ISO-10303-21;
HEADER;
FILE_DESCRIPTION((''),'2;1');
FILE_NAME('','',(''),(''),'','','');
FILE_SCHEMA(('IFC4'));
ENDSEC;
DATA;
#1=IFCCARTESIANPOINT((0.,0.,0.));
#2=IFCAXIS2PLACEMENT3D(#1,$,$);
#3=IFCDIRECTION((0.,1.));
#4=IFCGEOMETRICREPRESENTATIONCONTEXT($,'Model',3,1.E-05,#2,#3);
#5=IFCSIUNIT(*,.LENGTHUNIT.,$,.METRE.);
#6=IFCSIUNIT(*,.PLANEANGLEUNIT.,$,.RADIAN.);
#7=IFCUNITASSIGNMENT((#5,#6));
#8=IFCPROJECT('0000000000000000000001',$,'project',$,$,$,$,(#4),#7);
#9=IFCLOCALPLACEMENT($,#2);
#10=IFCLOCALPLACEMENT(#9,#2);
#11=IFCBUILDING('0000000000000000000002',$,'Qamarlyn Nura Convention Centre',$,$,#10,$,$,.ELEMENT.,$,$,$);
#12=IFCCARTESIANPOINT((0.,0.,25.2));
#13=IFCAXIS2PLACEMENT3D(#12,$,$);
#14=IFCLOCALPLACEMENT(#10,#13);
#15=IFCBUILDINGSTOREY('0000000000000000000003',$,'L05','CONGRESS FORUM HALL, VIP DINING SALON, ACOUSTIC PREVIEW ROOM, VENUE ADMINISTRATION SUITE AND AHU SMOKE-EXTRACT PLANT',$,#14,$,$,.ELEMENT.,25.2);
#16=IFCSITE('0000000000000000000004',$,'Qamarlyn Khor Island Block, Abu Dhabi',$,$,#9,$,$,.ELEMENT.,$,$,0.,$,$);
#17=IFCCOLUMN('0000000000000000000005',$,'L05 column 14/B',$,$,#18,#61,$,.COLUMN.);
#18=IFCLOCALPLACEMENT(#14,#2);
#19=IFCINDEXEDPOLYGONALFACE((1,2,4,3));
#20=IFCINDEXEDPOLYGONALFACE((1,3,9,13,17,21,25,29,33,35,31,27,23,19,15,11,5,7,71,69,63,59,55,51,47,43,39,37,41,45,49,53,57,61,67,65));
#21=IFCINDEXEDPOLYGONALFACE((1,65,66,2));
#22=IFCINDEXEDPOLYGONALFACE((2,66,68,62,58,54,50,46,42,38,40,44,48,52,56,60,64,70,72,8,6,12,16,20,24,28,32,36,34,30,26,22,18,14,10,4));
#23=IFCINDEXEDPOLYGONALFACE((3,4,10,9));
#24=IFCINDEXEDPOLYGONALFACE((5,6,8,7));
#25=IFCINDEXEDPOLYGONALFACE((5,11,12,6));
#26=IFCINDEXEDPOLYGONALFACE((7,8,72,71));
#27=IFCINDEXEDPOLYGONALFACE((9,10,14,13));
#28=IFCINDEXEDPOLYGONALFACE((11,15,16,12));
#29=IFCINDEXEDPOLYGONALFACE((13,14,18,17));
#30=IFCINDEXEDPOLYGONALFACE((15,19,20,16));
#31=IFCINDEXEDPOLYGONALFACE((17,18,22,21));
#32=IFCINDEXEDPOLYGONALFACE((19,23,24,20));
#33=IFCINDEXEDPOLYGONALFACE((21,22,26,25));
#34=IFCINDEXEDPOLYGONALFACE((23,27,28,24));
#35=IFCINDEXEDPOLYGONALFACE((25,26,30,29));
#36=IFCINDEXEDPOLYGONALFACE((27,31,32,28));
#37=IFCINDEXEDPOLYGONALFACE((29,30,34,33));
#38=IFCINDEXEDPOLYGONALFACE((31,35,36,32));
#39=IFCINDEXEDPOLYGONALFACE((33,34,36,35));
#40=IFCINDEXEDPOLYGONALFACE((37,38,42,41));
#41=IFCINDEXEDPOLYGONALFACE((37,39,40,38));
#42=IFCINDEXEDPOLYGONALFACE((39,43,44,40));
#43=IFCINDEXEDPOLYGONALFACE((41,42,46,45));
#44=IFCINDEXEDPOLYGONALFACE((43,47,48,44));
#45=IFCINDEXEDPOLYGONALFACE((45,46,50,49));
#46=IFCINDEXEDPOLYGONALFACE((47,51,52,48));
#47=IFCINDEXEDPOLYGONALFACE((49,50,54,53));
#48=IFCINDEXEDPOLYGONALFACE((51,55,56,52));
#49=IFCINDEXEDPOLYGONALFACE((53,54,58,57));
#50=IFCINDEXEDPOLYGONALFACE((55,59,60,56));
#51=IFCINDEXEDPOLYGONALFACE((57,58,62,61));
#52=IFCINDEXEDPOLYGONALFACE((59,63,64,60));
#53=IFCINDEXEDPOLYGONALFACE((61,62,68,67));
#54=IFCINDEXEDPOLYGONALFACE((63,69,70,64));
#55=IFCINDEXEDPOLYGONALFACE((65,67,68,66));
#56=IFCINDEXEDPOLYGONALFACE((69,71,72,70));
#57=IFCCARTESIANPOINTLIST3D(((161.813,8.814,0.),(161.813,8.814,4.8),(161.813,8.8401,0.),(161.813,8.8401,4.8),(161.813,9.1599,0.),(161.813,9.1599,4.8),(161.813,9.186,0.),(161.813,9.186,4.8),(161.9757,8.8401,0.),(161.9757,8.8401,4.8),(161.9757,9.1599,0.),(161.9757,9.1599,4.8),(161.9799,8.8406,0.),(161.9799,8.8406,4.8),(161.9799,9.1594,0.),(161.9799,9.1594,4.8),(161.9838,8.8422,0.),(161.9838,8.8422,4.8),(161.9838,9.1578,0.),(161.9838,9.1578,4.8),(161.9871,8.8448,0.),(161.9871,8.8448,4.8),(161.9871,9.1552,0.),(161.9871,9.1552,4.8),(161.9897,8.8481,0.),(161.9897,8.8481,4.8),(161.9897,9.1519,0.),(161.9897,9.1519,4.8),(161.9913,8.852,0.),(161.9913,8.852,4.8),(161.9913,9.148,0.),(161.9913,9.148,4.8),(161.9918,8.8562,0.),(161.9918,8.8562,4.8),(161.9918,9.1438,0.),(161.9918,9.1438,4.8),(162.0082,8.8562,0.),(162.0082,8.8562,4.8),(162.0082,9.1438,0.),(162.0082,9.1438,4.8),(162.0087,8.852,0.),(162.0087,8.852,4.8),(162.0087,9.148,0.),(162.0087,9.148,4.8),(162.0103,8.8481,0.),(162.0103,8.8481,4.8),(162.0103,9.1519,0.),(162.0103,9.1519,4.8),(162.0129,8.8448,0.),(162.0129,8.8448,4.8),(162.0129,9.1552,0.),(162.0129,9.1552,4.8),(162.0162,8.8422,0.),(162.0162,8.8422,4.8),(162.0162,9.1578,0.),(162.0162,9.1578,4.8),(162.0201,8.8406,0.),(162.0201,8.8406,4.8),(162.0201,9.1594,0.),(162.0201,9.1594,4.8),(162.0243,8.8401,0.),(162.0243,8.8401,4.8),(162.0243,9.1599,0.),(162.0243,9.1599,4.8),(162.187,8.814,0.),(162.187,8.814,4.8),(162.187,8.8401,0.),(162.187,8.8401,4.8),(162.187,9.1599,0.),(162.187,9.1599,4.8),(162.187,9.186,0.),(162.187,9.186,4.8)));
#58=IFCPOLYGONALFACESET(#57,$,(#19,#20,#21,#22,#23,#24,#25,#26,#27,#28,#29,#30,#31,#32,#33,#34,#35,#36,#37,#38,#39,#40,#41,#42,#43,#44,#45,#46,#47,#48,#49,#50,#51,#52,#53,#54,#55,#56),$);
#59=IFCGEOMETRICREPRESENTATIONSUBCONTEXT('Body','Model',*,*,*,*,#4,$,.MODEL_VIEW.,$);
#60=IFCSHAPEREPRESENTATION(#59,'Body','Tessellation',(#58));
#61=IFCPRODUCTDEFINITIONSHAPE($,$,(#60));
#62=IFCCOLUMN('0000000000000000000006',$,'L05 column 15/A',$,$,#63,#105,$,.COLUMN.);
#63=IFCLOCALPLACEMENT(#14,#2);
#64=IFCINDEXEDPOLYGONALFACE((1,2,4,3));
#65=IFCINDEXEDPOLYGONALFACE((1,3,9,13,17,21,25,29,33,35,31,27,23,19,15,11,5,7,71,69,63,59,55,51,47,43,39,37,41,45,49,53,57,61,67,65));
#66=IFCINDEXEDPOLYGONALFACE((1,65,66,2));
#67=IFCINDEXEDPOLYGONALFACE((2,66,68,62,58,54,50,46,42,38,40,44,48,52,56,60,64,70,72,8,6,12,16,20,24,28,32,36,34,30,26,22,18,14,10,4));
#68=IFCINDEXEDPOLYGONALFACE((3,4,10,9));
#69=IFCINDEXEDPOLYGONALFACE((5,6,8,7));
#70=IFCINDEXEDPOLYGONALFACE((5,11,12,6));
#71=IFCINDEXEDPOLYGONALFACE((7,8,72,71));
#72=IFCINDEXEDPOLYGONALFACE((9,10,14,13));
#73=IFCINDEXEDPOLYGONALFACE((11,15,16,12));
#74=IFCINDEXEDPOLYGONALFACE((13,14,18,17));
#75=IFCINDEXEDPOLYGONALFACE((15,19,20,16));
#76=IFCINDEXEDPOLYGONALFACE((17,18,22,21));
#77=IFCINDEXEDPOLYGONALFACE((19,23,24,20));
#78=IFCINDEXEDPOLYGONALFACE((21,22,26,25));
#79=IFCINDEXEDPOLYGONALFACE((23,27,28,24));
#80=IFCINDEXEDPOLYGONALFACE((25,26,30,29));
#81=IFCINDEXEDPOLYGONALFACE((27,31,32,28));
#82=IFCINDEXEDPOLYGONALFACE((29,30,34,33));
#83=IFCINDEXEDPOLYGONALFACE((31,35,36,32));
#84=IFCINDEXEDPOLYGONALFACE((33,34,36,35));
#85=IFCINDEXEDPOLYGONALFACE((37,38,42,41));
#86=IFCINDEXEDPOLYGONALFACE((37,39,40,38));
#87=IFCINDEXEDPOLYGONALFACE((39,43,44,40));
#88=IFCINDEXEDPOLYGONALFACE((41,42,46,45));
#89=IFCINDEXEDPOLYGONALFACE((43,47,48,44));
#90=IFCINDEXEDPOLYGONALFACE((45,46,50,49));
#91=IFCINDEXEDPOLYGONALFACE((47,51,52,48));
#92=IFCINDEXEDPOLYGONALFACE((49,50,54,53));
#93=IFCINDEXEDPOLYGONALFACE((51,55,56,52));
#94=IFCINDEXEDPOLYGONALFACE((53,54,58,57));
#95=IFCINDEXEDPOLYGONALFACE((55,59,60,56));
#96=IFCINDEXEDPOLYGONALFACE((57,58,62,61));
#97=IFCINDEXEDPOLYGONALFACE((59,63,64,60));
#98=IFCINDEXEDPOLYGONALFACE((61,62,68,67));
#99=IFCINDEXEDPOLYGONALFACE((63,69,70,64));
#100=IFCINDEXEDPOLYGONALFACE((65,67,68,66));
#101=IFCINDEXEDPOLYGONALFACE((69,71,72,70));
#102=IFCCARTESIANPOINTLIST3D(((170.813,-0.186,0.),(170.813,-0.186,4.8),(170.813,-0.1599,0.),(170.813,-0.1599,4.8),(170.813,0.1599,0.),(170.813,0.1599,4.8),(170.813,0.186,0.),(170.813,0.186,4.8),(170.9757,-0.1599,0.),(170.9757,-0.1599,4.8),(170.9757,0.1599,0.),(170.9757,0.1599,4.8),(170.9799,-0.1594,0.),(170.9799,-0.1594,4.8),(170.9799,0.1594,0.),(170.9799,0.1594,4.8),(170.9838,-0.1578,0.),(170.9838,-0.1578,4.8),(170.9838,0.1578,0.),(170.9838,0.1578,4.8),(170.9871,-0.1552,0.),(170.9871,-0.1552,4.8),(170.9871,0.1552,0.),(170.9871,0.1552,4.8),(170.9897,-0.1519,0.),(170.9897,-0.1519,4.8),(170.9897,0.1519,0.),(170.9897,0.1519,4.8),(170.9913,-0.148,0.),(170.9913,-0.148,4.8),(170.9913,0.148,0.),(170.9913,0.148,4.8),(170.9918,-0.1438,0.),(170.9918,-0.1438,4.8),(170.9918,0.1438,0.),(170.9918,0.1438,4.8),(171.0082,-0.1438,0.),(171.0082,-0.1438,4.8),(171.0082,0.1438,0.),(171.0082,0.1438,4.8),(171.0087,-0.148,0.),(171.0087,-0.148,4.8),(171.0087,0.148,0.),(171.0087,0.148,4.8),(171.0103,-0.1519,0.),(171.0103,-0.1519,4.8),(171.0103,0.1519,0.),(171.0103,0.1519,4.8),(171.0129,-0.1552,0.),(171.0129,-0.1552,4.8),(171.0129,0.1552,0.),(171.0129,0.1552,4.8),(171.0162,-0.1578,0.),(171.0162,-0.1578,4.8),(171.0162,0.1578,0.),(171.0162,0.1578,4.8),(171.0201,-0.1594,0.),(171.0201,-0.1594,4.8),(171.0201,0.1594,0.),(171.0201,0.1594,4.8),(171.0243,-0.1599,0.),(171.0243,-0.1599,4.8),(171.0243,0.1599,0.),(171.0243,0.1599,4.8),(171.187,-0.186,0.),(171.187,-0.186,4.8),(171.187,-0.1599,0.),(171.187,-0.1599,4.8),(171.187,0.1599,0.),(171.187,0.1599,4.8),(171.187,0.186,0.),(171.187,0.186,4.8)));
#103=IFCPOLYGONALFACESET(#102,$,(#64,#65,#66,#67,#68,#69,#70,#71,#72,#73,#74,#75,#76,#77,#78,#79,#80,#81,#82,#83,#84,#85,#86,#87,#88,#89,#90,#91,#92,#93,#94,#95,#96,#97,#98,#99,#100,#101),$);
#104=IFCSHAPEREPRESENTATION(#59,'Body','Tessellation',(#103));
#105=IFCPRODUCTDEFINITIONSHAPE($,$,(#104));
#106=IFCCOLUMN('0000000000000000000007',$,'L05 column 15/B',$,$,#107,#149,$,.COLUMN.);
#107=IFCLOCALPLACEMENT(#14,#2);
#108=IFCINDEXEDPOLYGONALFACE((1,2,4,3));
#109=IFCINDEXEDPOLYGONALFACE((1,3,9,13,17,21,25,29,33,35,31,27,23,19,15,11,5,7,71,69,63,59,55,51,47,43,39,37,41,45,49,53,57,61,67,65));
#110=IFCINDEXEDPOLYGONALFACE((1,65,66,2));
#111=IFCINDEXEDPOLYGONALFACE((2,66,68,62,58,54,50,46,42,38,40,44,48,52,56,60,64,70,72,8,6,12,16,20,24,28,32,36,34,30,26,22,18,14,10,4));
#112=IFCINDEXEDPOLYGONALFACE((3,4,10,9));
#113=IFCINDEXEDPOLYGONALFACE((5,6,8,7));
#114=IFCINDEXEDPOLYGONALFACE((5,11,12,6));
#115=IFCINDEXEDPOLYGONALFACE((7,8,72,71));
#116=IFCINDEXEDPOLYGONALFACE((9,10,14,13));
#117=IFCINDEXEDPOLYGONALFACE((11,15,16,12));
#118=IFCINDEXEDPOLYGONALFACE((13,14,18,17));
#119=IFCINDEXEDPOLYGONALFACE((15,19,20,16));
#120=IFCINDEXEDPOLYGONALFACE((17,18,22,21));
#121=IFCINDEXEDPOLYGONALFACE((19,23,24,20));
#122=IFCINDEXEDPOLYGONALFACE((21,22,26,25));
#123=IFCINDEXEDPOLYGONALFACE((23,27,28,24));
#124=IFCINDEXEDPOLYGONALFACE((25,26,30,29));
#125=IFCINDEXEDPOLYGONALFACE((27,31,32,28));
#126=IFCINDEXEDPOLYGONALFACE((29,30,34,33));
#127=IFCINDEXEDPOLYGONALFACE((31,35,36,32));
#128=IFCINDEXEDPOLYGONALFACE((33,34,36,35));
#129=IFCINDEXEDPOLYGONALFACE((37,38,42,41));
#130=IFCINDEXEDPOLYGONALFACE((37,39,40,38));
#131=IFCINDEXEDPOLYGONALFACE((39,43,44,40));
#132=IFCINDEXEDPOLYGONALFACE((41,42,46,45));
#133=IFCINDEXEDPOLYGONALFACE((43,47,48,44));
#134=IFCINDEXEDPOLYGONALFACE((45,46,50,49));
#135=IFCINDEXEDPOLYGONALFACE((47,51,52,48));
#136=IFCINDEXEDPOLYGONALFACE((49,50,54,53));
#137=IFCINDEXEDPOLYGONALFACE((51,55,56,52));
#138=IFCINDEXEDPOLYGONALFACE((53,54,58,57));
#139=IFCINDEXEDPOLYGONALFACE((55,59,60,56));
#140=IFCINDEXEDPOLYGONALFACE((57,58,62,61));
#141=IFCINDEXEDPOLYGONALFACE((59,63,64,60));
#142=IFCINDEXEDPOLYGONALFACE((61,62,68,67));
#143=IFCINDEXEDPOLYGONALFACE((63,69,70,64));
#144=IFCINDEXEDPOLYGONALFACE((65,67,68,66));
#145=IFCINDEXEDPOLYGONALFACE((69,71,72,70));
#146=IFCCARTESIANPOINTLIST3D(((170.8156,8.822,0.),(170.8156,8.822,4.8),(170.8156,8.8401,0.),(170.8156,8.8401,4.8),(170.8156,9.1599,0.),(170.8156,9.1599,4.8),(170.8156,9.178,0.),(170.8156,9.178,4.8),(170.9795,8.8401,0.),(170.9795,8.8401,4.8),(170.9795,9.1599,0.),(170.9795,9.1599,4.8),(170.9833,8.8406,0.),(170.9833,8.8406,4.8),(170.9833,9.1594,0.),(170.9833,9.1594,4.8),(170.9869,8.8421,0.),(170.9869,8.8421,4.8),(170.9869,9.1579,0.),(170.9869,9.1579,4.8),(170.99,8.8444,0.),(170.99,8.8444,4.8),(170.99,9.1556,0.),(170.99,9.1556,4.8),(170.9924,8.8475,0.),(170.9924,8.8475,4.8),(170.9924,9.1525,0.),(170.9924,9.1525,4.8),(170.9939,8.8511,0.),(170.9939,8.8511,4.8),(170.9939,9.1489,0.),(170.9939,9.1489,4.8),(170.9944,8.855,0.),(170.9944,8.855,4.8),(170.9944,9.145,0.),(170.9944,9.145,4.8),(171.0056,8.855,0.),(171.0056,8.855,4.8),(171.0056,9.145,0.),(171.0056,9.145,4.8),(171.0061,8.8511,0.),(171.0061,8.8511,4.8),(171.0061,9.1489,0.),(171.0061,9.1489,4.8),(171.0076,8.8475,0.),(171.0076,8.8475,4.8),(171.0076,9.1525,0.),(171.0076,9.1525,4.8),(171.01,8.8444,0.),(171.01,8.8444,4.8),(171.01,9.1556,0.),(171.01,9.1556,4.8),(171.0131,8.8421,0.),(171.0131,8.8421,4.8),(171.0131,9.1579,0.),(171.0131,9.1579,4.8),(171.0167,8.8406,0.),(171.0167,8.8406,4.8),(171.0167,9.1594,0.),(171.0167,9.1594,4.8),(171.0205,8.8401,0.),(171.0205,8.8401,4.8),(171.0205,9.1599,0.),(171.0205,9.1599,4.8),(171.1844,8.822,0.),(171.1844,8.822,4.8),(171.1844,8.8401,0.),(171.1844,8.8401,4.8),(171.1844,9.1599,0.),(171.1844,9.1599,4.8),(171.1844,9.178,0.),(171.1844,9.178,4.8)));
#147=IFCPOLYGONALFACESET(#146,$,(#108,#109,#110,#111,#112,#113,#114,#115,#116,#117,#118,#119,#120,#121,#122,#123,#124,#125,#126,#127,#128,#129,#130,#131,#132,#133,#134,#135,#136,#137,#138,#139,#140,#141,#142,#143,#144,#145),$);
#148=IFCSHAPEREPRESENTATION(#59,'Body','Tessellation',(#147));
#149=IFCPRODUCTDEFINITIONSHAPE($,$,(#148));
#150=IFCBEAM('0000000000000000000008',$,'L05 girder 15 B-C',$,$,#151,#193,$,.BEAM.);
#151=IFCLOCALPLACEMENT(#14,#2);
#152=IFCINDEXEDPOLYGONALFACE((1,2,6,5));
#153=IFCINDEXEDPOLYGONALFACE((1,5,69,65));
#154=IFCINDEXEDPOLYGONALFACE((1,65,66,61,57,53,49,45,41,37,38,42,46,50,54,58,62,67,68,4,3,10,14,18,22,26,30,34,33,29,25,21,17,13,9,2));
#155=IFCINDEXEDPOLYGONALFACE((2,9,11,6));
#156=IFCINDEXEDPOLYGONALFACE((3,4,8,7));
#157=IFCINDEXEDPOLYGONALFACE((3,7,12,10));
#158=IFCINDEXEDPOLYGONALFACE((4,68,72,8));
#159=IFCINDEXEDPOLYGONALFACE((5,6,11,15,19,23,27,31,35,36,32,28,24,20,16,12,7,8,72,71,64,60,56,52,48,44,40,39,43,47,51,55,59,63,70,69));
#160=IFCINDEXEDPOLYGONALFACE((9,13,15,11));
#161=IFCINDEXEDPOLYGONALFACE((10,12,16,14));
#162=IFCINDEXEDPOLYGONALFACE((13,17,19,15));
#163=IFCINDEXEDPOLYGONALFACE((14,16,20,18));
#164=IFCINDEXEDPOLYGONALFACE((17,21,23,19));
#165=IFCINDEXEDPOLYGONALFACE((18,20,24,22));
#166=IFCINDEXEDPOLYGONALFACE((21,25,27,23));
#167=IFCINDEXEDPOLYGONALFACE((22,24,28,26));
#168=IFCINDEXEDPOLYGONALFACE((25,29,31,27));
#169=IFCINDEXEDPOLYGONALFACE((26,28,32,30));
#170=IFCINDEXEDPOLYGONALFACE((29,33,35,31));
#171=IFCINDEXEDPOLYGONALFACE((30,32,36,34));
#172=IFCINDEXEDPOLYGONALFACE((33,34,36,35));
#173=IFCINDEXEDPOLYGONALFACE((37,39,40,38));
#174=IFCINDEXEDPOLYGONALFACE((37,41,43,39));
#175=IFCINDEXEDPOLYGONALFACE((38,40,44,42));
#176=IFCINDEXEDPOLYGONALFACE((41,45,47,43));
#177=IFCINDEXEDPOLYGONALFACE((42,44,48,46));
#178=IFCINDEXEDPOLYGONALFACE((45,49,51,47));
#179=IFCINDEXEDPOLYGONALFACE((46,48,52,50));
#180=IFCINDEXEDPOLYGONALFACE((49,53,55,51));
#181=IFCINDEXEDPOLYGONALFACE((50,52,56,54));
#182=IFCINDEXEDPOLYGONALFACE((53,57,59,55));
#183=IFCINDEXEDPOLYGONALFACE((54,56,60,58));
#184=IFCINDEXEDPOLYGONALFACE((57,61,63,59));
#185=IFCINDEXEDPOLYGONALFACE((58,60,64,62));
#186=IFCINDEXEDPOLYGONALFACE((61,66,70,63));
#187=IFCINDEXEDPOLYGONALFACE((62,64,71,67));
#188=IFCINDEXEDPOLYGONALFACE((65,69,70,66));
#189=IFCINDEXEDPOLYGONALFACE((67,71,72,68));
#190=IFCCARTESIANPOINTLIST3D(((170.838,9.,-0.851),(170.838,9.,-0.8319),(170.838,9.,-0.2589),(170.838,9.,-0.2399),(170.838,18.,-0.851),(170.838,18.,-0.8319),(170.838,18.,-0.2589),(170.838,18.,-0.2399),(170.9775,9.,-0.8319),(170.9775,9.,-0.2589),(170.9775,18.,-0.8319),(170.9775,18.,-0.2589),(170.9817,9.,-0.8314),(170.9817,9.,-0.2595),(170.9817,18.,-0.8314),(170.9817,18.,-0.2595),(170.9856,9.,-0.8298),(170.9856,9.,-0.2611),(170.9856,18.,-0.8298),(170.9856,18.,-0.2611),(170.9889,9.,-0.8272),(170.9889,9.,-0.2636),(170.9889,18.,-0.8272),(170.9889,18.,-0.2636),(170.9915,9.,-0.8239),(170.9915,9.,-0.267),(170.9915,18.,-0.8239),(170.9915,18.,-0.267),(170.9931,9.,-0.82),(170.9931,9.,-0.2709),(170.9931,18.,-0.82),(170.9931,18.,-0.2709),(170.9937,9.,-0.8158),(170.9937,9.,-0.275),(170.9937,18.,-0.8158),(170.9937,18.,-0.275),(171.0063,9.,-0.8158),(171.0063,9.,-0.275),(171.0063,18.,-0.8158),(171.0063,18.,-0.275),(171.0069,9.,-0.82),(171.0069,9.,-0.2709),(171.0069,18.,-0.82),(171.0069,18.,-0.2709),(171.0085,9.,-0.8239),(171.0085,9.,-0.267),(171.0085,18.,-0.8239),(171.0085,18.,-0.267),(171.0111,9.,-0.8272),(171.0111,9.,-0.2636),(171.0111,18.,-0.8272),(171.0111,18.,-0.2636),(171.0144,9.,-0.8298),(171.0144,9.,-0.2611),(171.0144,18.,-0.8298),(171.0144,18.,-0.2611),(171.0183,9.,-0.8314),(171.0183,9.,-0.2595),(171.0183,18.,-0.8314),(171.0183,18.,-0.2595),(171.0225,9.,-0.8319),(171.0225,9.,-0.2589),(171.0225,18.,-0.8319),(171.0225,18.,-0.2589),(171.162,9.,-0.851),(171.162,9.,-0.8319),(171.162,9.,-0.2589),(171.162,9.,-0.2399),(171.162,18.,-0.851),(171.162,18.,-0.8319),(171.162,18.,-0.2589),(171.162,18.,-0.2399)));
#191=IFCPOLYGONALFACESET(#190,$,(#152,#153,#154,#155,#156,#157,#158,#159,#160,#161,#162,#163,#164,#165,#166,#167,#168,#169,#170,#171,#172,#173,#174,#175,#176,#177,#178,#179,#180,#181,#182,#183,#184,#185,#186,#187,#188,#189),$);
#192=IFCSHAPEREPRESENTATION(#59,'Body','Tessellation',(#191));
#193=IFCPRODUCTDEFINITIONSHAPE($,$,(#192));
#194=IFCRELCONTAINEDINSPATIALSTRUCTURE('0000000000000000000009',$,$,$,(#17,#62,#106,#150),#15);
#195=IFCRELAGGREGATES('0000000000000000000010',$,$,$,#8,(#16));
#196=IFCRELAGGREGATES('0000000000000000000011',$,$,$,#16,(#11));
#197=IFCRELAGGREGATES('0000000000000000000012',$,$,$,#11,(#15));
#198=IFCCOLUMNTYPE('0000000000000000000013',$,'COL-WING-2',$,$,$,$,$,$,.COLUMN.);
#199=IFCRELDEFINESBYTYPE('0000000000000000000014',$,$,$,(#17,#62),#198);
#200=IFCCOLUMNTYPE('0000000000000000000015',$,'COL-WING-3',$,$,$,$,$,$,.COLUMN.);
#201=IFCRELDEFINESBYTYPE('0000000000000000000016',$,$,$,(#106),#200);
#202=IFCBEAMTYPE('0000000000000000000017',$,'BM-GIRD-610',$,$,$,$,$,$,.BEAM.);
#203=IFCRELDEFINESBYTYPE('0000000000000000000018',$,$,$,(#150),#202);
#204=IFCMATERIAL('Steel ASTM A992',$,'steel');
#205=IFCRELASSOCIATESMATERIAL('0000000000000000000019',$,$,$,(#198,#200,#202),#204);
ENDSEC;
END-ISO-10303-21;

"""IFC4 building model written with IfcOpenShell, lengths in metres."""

from ifc_helpers import new_model, si_unit, direction, frame, origin, origin_2d, place, context, subcontext, project, spatial, i_section, extrude, material, material_profile, profile_set, type_object, element, save


model = new_model("IFC4")

# Units and contexts
model_context = context("Model", 3, precision=1e-05, world=origin(), true_north=direction((0.0, 1.0)))
body_context = subcontext(model_context, "Body", "Model", "MODEL_VIEW")
ifc_project = project(units=[si_unit("LENGTHUNIT", "METRE"), si_unit("PLANEANGLEUNIT", "RADIAN")], contexts=[model_context])

# Site, building, storey
site_placement = place(None, origin())
site = spatial("IfcSite", under=ifc_project, at=site_placement, Name="Qamarlyn Khor Island Block, Abu Dhabi", CompositionType="ELEMENT", RefElevation=0.0)
building_placement = place(site_placement, origin())
building = spatial("IfcBuilding", under=site, at=building_placement, Name="Qamarlyn Nura Convention Centre", CompositionType="ELEMENT")
storey_placement = place(building_placement, frame((0.0, 0.0, 25.2)))
storey = spatial("IfcBuildingStorey", under=building, at=storey_placement, Name="L05", Description="CONGRESS FORUM HALL, VIP DINING SALON, ACOUSTIC PREVIEW ROOM, VENUE ADMINISTRATION SUITE AND AHU SMOKE-EXTRACT PLANT", CompositionType="ELEMENT", Elevation=25.2)

# Columns
ifc_material_1 = material(Name="Steel ASTM A992", Category="steel")
ifc_material_profile_1 = material_profile(ifc_material_1, i_section(OverallWidth=0.374, OverallDepth=0.3721, WebThickness=0.0164, FlangeThickness=0.0261, FilletRadius=0.0161, at=origin_2d()), Name="W360X196")
ifc_profile_set_1 = profile_set([ifc_material_profile_1], Name="Steel ASTM A992")
column_type_1 = type_object("IfcColumnType", Name="COL-WING-2", PredefinedType="COLUMN", material=ifc_profile_set_1)
for number, where, z_axis, x_axis, name in (
    (1, (162.0, 9.0, 0.0), (0.0, 0.0, 1.0), (1.0, 0.0, 0.0), "L05 column 14/B"),
    (2, (171.0, 0.0, 0.0), (0.0, 0.0, 1.0), (1.0, 0.0, 0.0), "L05 column 15/A"),
):
    element("IfcColumn", number, at=place(storey_placement, frame(where, z_axis=z_axis, x_axis=x_axis)), inside=storey, type_object=column_type_1, Name=name, PredefinedType="COLUMN", context=body_context, shape_type="SweptSolid", body=[
        extrude(i_section(OverallWidth=0.374, OverallDepth=0.3721, WebThickness=0.0164, FlangeThickness=0.0261, FilletRadius=0.0161, at=origin_2d()), origin(), (0.0, 0.0, 1.0), 4.8),
    ])
ifc_material_profile_2 = material_profile(ifc_material_1, i_section(OverallWidth=0.3689, OverallDepth=0.356, WebThickness=0.0112, FlangeThickness=0.0181, FilletRadius=0.0149, at=origin_2d()), Name="W360X134")
ifc_profile_set_2 = profile_set([ifc_material_profile_2], Name="Steel ASTM A992")
column_type_2 = type_object("IfcColumnType", Name="COL-WING-3", PredefinedType="COLUMN", material=ifc_profile_set_2)
column_placement = place(storey_placement, frame((171.0, 9.0, 0.0), z_axis=(0.0, 0.0, 1.0), x_axis=(1.0, 0.0, 0.0)))
element("IfcColumn", 3, at=column_placement, inside=storey, type_object=column_type_2, Name="L05 column 15/B", PredefinedType="COLUMN", context=body_context, shape_type="SweptSolid", body=[
    extrude(i_section(OverallWidth=0.3689, OverallDepth=0.356, WebThickness=0.0112, FlangeThickness=0.0181, FilletRadius=0.0149, at=origin_2d()), origin(), (0.0, 0.0, 1.0), 4.8),
])

# Beam
ifc_material_profile_3 = material_profile(ifc_material_1, i_section(OverallWidth=0.324, OverallDepth=0.6111, WebThickness=0.0127, FlangeThickness=0.019, FilletRadius=0.0161, at=origin_2d()), Name="W610X155")
ifc_profile_set_3 = profile_set([ifc_material_profile_3], Name="Steel ASTM A992")
beam_type_1 = type_object("IfcBeamType", Name="BM-GIRD-610", PredefinedType="BEAM", material=ifc_profile_set_3)
beam_1_placement = place(storey_placement, frame((171.0, 9.0, -0.5454), z_axis=(0.0, 1.0, 0.0), x_axis=(-1.0, 0.0, 0.0)))
element("IfcBeam", 4, at=beam_1_placement, inside=storey, type_object=beam_type_1, Name="L05 girder 15 B-C", PredefinedType="BEAM", context=body_context, shape_type="SweptSolid", body=[
    extrude(i_section(OverallWidth=0.324, OverallDepth=0.6111, WebThickness=0.0127, FlangeThickness=0.019, FilletRadius=0.0161, at=origin_2d()), origin(), (0.0, 0.0, 1.0), 9.0),
])

save(model, "model.ifc")
